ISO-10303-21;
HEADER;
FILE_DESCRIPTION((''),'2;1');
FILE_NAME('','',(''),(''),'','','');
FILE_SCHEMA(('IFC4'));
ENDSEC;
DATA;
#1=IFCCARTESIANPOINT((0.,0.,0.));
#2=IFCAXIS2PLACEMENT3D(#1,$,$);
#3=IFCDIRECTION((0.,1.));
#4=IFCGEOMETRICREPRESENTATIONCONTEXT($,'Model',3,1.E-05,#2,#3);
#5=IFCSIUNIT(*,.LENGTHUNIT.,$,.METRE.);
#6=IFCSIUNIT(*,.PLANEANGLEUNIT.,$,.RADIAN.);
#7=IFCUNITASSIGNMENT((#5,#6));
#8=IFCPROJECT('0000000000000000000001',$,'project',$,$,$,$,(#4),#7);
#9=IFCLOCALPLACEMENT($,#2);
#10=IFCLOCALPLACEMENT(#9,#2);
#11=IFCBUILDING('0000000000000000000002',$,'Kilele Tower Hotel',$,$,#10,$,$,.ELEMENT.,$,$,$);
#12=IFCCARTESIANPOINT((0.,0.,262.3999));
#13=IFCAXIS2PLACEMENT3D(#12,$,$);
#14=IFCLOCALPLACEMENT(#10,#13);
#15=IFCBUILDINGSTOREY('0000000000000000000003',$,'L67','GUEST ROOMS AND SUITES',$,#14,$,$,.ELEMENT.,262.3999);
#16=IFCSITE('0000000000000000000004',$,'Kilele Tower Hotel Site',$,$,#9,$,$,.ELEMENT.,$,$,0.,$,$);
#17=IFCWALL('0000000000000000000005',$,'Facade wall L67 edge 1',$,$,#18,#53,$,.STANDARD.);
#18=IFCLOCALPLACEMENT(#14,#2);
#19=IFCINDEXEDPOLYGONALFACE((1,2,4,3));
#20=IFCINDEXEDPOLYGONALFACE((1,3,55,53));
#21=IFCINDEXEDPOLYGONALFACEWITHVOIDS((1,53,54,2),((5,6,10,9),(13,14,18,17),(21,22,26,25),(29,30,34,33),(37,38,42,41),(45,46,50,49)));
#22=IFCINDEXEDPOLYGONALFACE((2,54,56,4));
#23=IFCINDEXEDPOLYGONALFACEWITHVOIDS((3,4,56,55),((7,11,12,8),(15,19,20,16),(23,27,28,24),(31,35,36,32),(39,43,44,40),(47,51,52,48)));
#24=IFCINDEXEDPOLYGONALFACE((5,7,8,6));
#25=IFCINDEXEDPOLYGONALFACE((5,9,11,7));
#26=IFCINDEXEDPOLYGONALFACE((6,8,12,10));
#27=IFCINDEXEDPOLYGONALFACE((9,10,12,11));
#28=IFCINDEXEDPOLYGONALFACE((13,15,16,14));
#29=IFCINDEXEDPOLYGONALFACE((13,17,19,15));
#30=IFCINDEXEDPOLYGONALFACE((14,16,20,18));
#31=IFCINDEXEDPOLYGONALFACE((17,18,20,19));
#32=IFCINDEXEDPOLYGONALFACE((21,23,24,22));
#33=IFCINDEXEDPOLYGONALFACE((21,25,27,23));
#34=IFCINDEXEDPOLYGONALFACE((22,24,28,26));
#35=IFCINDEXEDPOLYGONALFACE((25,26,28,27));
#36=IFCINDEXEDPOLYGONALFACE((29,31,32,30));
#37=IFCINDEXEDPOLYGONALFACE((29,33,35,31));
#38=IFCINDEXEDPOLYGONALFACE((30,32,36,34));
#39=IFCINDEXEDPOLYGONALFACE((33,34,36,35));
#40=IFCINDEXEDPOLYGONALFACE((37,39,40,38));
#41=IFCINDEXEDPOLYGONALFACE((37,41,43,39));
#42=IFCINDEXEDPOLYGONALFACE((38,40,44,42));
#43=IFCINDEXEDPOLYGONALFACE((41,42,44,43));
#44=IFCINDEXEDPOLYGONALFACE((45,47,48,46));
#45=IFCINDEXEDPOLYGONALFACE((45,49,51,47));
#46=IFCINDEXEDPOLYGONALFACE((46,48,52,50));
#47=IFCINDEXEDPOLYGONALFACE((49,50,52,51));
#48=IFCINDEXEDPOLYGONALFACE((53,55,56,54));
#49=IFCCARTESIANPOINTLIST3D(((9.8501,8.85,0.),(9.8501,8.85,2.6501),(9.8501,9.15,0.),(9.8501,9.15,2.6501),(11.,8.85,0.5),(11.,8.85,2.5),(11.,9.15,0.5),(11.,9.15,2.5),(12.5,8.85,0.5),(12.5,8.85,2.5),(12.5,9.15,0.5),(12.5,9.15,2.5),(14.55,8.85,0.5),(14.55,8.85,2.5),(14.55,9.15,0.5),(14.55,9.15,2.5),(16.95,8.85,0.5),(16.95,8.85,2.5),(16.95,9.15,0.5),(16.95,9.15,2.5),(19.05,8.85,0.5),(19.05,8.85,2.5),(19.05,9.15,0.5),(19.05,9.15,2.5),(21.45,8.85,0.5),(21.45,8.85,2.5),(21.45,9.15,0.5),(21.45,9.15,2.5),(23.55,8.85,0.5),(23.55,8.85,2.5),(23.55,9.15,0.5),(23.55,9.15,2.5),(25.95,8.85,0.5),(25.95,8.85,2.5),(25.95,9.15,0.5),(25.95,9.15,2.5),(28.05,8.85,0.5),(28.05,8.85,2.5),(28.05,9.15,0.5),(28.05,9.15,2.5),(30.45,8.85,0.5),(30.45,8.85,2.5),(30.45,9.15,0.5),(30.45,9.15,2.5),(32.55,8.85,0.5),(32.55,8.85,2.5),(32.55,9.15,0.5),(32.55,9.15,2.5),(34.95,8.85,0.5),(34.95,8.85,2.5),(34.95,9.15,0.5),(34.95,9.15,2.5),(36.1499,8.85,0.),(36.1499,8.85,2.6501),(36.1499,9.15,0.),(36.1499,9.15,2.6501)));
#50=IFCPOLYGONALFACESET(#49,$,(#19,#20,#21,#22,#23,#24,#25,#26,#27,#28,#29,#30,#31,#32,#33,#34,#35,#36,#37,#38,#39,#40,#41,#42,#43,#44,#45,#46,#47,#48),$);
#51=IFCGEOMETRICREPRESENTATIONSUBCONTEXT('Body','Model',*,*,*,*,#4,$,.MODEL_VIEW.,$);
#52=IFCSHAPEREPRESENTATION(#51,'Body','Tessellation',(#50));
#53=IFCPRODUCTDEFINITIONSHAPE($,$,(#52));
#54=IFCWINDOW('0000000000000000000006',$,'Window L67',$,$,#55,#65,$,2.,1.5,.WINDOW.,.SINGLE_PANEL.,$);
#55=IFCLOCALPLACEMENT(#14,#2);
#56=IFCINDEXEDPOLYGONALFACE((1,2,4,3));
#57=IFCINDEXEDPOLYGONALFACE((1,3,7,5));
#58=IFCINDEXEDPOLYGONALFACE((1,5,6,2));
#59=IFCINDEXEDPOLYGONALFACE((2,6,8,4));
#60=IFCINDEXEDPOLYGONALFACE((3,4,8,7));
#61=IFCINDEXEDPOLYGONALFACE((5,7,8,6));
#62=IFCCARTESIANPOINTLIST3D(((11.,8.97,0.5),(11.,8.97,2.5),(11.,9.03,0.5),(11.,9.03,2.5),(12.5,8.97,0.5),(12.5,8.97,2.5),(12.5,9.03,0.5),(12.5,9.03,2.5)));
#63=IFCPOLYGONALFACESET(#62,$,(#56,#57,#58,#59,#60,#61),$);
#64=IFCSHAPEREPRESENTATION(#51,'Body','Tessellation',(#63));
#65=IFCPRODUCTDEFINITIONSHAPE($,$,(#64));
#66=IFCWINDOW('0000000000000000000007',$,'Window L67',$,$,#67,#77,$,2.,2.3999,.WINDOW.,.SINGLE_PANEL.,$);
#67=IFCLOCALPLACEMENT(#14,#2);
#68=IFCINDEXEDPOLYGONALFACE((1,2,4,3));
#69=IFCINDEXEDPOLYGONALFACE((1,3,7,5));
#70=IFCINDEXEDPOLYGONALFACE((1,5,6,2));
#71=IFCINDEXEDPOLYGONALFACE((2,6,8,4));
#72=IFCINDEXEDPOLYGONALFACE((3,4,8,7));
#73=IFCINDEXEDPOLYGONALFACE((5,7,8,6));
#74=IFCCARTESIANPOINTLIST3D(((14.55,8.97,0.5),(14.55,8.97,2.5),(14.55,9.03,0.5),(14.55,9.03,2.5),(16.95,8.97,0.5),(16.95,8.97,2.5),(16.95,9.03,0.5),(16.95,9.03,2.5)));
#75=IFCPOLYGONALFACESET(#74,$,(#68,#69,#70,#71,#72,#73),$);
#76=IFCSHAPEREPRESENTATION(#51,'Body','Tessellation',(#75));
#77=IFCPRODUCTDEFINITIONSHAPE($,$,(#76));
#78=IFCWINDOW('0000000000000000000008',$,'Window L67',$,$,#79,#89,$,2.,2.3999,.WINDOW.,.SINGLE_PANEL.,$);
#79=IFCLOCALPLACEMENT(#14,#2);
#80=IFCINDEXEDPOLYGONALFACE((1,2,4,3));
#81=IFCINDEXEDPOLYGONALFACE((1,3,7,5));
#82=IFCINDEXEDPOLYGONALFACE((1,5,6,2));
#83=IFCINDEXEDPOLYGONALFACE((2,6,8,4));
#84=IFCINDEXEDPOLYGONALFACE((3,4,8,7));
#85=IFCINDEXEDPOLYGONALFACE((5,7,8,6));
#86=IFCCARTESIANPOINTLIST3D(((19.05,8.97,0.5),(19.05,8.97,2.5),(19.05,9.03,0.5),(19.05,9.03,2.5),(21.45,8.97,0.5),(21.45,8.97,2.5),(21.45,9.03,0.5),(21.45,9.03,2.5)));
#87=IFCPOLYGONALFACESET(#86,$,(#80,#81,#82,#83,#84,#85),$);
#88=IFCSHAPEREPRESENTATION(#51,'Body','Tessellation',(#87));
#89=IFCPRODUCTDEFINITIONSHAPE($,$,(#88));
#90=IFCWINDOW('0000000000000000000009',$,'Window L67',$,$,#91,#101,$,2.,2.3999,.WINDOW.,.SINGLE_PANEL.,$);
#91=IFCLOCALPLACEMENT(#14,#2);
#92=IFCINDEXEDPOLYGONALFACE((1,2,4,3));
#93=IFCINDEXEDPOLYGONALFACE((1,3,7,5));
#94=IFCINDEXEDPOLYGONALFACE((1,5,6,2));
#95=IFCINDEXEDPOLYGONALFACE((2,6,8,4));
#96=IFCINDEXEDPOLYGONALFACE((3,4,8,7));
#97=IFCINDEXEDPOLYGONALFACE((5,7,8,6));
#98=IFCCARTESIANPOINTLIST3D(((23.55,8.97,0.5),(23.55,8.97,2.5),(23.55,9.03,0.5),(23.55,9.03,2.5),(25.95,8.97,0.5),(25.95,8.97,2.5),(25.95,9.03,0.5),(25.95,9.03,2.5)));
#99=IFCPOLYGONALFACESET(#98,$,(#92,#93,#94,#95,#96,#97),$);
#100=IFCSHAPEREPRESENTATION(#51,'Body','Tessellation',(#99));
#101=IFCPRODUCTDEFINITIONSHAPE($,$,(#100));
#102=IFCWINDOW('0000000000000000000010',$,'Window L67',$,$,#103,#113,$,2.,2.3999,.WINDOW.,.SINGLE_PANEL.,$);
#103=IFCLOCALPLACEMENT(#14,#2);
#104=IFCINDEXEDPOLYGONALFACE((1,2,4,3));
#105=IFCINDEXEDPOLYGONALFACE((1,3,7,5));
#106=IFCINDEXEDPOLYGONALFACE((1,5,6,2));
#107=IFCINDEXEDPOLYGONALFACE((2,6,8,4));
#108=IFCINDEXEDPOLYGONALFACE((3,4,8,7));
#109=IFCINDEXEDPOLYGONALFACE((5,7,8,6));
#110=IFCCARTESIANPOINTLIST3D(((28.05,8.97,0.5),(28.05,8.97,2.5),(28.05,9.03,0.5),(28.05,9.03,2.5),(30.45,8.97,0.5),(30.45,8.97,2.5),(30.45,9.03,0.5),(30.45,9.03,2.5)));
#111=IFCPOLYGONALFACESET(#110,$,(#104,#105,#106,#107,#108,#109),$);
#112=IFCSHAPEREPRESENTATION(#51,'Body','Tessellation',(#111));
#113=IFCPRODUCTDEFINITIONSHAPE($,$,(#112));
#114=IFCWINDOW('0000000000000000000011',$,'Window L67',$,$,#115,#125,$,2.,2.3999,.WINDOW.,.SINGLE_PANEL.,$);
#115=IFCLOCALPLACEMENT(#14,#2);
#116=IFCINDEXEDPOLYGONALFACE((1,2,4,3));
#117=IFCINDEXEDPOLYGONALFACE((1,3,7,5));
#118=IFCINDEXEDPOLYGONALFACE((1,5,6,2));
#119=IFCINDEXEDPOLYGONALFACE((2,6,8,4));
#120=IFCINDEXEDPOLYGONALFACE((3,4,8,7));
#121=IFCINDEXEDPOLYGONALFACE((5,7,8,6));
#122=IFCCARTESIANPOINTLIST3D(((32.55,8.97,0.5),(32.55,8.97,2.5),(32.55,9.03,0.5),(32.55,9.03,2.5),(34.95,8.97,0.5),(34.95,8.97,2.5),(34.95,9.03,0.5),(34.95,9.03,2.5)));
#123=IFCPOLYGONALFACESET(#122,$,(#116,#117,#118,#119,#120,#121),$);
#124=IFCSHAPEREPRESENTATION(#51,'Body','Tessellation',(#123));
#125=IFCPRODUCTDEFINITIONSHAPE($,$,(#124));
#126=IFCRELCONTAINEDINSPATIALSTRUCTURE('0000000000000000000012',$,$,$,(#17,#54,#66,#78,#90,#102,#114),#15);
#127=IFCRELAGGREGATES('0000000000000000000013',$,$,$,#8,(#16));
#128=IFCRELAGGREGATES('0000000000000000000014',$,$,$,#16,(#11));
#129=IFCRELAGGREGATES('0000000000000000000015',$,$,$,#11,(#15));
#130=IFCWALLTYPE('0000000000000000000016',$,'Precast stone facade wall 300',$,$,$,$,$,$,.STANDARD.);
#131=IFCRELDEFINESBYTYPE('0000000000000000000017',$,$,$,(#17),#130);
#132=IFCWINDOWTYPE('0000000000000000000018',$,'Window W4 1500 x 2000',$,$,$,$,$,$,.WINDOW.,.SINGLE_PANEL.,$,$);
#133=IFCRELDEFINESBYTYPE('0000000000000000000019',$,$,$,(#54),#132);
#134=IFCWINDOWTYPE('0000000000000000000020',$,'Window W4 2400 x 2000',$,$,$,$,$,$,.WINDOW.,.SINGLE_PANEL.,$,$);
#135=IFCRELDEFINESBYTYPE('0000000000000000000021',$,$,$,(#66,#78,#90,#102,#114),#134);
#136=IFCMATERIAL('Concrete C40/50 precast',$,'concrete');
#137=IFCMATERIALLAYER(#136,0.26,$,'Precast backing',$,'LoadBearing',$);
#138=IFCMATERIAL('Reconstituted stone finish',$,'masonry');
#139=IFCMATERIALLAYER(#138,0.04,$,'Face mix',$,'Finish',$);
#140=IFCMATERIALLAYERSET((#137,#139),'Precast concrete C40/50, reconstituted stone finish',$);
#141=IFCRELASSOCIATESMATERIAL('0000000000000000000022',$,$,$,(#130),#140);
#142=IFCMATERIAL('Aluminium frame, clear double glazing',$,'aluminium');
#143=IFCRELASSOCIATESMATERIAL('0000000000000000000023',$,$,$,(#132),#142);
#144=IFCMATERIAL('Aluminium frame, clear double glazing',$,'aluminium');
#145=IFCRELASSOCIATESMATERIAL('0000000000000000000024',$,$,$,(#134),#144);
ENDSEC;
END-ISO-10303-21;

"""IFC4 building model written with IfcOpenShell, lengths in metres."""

from ifc_helpers import new_model, si_unit, direction, frame, frame_2d, origin, place, context, subcontext, project, spatial, rectangle, extrude, material, layer, layer_set, type_object, element, fill, save


model = new_model("IFC4")

# Units and contexts
model_context = context("Model", 3, precision=1e-05, world=origin(), true_north=direction((0.0, 1.0)))
body_context = subcontext(model_context, "Body", "Model", "MODEL_VIEW")
ifc_project = project(units=[si_unit("LENGTHUNIT", "METRE"), si_unit("PLANEANGLEUNIT", "RADIAN")], contexts=[model_context])

# Site, building, storey
site_placement = place(None, origin())
site = spatial("IfcSite", under=ifc_project, at=site_placement, Name="Kilele Tower Hotel Site", CompositionType="ELEMENT", RefElevation=0.0)
building_placement = place(site_placement, origin())
building = spatial("IfcBuilding", under=site, at=building_placement, Name="Kilele Tower Hotel", CompositionType="ELEMENT")
storey_placement = place(building_placement, frame((0.0, 0.0, 262.3999)))
storey = spatial("IfcBuildingStorey", under=building, at=storey_placement, Name="L67", Description="GUEST ROOMS AND SUITES", CompositionType="ELEMENT", Elevation=262.3999)

# Wall, openings, windows
ifc_material_1 = material(Name="Concrete C40/50 precast", Category="concrete")
ifc_layer_1 = layer(ifc_material_1, 0.26, Name="Precast backing", Category="LoadBearing")
ifc_material_2 = material(Name="Reconstituted stone finish", Category="masonry")
ifc_layer_2 = layer(ifc_material_2, 0.04, Name="Face mix", Category="Finish")
ifc_layer_set_1 = layer_set([ifc_layer_1, ifc_layer_2], Name="Precast concrete C40/50, reconstituted stone finish")
wall_type = type_object("IfcWallType", Name="Precast stone facade wall 300", PredefinedType="STANDARD", material=ifc_layer_set_1)
wall_placement = place(storey_placement, frame((9.8501, 9.0, 0.0), z_axis=(0.0, 0.0, 1.0), x_axis=(1.0, 0.0, 0.0)))
wall = element("IfcWall", 1, at=wall_placement, inside=storey, type_object=wall_type, Name="Facade wall L67 edge 1", PredefinedType="STANDARD", context=body_context, shape_type="SweptSolid", body=[
    extrude(rectangle(XDim=26.2998, YDim=0.3, at=frame_2d((13.1499, 0.0))), origin(), (0.0, 0.0, 1.0), 2.6501),
])
opening_1_placement = place(wall_placement, frame((1.1499, 0.0, 0.5)))
opening_1 = element("IfcOpeningElement", 2, at=opening_1_placement, cuts=wall, PredefinedType="OPENING", context=body_context, shape_type="SweptSolid", body=[
    extrude(rectangle(XDim=1.5, YDim=2.0, at=frame_2d((0.75, 1.0))), frame((0.0, 0.1599, 0.0), z_axis=(0.0, -1.0, 0.0), x_axis=(1.0, 0.0, 0.0)), (0.0, 0.0, 1.0), 0.3201),
])
opening_2_placement = place(wall_placement, frame((4.7, 0.0, 0.5)))
opening_2 = element("IfcOpeningElement", 3, at=opening_2_placement, cuts=wall, PredefinedType="OPENING", context=body_context, shape_type="SweptSolid", body=[
    extrude(rectangle(XDim=2.3999, YDim=2.0, at=frame_2d((1.2, 1.0))), frame((0.0, 0.1599, 0.0), z_axis=(0.0, -1.0, 0.0), x_axis=(1.0, 0.0, 0.0)), (0.0, 0.0, 1.0), 0.3201),
])
opening_3_placement = place(wall_placement, frame((9.2, 0.0, 0.5)))
opening_3 = element("IfcOpeningElement", 4, at=opening_3_placement, cuts=wall, PredefinedType="OPENING", context=body_context, shape_type="SweptSolid", body=[
    extrude(rectangle(XDim=2.3999, YDim=2.0, at=frame_2d((1.2, 1.0))), frame((0.0, 0.1599, 0.0), z_axis=(0.0, -1.0, 0.0), x_axis=(1.0, 0.0, 0.0)), (0.0, 0.0, 1.0), 0.3201),
])
opening_4_placement = place(wall_placement, frame((13.7, 0.0, 0.5)))
opening_4 = element("IfcOpeningElement", 5, at=opening_4_placement, cuts=wall, PredefinedType="OPENING", context=body_context, shape_type="SweptSolid", body=[
    extrude(rectangle(XDim=2.3999, YDim=2.0, at=frame_2d((1.2, 1.0))), frame((0.0, 0.1599, 0.0), z_axis=(0.0, -1.0, 0.0), x_axis=(1.0, 0.0, 0.0)), (0.0, 0.0, 1.0), 0.3201),
])
opening_5_placement = place(wall_placement, frame((18.2, 0.0, 0.5)))
opening_5 = element("IfcOpeningElement", 6, at=opening_5_placement, cuts=wall, PredefinedType="OPENING", context=body_context, shape_type="SweptSolid", body=[
    extrude(rectangle(XDim=2.3999, YDim=2.0, at=frame_2d((1.2, 1.0))), frame((0.0, 0.1599, 0.0), z_axis=(0.0, -1.0, 0.0), x_axis=(1.0, 0.0, 0.0)), (0.0, 0.0, 1.0), 0.3201),
])
opening_6_placement = place(wall_placement, frame((22.7, 0.0, 0.5)))
opening_6 = element("IfcOpeningElement", 7, at=opening_6_placement, cuts=wall, PredefinedType="OPENING", context=body_context, shape_type="SweptSolid", body=[
    extrude(rectangle(XDim=2.3999, YDim=2.0, at=frame_2d((1.2, 1.0))), frame((0.0, 0.1599, 0.0), z_axis=(0.0, -1.0, 0.0), x_axis=(1.0, 0.0, 0.0)), (0.0, 0.0, 1.0), 0.3201),
])
ifc_material_3 = material(Name="Aluminium frame, clear double glazing", Category="aluminium")
window_type_1 = type_object("IfcWindowType", Name="Window W4 1500 x 2000", PartitioningType="SINGLE_PANEL", PredefinedType="WINDOW", material=ifc_material_3)
window_1_placement = place(opening_1_placement, origin())
window_1 = element("IfcWindow", 8, at=window_1_placement, inside=storey, type_object=window_type_1, Name="Window L67", OverallHeight=2.0, OverallWidth=1.5, PartitioningType="SINGLE_PANEL", PredefinedType="WINDOW", context=body_context, shape_type="SweptSolid", body=[
    extrude(rectangle(XDim=1.5, YDim=2.0, at=frame_2d((0.75, 1.0))), frame((0.0, 0.03, 0.0), z_axis=(0.0, -1.0, 0.0), x_axis=(1.0, 0.0, 0.0)), (0.0, 0.0, 1.0), 0.0601),
])
fill(opening_1, window_1)
ifc_material_4 = material(Name="Aluminium frame, clear double glazing", Category="aluminium")
window_type_2 = type_object("IfcWindowType", Name="Window W4 2400 x 2000", PartitioningType="SINGLE_PANEL", PredefinedType="WINDOW", material=ifc_material_4)
window_2_placement = place(opening_2_placement, origin())
window_2 = element("IfcWindow", 9, at=window_2_placement, inside=storey, type_object=window_type_2, Name="Window L67", OverallHeight=2.0, OverallWidth=2.3999, PartitioningType="SINGLE_PANEL", PredefinedType="WINDOW", context=body_context, shape_type="SweptSolid", body=[
    extrude(rectangle(XDim=2.3999, YDim=2.0, at=frame_2d((1.2, 1.0))), frame((0.0, 0.03, 0.0), z_axis=(0.0, -1.0, 0.0), x_axis=(1.0, 0.0, 0.0)), (0.0, 0.0, 1.0), 0.0601),
])
fill(opening_2, window_2)
window_3_placement = place(opening_3_placement, origin())
window_3 = element("IfcWindow", 10, at=window_3_placement, inside=storey, type_object=window_type_2, Name="Window L67", OverallHeight=2.0, OverallWidth=2.3999, PartitioningType="SINGLE_PANEL", PredefinedType="WINDOW", context=body_context, shape_type="SweptSolid", body=[
    extrude(rectangle(XDim=2.3999, YDim=2.0, at=frame_2d((1.2, 1.0))), frame((0.0, 0.03, 0.0), z_axis=(0.0, -1.0, 0.0), x_axis=(1.0, 0.0, 0.0)), (0.0, 0.0, 1.0), 0.0601),
])
fill(opening_3, window_3)
window_4_placement = place(opening_4_placement, origin())
window_4 = element("IfcWindow", 11, at=window_4_placement, inside=storey, type_object=window_type_2, Name="Window L67", OverallHeight=2.0, OverallWidth=2.3999, PartitioningType="SINGLE_PANEL", PredefinedType="WINDOW", context=body_context, shape_type="SweptSolid", body=[
    extrude(rectangle(XDim=2.3999, YDim=2.0, at=frame_2d((1.2, 1.0))), frame((0.0, 0.03, 0.0), z_axis=(0.0, -1.0, 0.0), x_axis=(1.0, 0.0, 0.0)), (0.0, 0.0, 1.0), 0.0601),
])
fill(opening_4, window_4)
window_5_placement = place(opening_5_placement, origin())
window_5 = element("IfcWindow", 12, at=window_5_placement, inside=storey, type_object=window_type_2, Name="Window L67", OverallHeight=2.0, OverallWidth=2.3999, PartitioningType="SINGLE_PANEL", PredefinedType="WINDOW", context=body_context, shape_type="SweptSolid", body=[
    extrude(rectangle(XDim=2.3999, YDim=2.0, at=frame_2d((1.2, 1.0))), frame((0.0, 0.03, 0.0), z_axis=(0.0, -1.0, 0.0), x_axis=(1.0, 0.0, 0.0)), (0.0, 0.0, 1.0), 0.0601),
])
fill(opening_5, window_5)
window_6_placement = place(opening_6_placement, origin())
window_6 = element("IfcWindow", 13, at=window_6_placement, inside=storey, type_object=window_type_2, Name="Window L67", OverallHeight=2.0, OverallWidth=2.3999, PartitioningType="SINGLE_PANEL", PredefinedType="WINDOW", context=body_context, shape_type="SweptSolid", body=[
    extrude(rectangle(XDim=2.3999, YDim=2.0, at=frame_2d((1.2, 1.0))), frame((0.0, 0.03, 0.0), z_axis=(0.0, -1.0, 0.0), x_axis=(1.0, 0.0, 0.0)), (0.0, 0.0, 1.0), 0.0601),
])
fill(opening_6, window_6)

save(model, "model.ifc")
